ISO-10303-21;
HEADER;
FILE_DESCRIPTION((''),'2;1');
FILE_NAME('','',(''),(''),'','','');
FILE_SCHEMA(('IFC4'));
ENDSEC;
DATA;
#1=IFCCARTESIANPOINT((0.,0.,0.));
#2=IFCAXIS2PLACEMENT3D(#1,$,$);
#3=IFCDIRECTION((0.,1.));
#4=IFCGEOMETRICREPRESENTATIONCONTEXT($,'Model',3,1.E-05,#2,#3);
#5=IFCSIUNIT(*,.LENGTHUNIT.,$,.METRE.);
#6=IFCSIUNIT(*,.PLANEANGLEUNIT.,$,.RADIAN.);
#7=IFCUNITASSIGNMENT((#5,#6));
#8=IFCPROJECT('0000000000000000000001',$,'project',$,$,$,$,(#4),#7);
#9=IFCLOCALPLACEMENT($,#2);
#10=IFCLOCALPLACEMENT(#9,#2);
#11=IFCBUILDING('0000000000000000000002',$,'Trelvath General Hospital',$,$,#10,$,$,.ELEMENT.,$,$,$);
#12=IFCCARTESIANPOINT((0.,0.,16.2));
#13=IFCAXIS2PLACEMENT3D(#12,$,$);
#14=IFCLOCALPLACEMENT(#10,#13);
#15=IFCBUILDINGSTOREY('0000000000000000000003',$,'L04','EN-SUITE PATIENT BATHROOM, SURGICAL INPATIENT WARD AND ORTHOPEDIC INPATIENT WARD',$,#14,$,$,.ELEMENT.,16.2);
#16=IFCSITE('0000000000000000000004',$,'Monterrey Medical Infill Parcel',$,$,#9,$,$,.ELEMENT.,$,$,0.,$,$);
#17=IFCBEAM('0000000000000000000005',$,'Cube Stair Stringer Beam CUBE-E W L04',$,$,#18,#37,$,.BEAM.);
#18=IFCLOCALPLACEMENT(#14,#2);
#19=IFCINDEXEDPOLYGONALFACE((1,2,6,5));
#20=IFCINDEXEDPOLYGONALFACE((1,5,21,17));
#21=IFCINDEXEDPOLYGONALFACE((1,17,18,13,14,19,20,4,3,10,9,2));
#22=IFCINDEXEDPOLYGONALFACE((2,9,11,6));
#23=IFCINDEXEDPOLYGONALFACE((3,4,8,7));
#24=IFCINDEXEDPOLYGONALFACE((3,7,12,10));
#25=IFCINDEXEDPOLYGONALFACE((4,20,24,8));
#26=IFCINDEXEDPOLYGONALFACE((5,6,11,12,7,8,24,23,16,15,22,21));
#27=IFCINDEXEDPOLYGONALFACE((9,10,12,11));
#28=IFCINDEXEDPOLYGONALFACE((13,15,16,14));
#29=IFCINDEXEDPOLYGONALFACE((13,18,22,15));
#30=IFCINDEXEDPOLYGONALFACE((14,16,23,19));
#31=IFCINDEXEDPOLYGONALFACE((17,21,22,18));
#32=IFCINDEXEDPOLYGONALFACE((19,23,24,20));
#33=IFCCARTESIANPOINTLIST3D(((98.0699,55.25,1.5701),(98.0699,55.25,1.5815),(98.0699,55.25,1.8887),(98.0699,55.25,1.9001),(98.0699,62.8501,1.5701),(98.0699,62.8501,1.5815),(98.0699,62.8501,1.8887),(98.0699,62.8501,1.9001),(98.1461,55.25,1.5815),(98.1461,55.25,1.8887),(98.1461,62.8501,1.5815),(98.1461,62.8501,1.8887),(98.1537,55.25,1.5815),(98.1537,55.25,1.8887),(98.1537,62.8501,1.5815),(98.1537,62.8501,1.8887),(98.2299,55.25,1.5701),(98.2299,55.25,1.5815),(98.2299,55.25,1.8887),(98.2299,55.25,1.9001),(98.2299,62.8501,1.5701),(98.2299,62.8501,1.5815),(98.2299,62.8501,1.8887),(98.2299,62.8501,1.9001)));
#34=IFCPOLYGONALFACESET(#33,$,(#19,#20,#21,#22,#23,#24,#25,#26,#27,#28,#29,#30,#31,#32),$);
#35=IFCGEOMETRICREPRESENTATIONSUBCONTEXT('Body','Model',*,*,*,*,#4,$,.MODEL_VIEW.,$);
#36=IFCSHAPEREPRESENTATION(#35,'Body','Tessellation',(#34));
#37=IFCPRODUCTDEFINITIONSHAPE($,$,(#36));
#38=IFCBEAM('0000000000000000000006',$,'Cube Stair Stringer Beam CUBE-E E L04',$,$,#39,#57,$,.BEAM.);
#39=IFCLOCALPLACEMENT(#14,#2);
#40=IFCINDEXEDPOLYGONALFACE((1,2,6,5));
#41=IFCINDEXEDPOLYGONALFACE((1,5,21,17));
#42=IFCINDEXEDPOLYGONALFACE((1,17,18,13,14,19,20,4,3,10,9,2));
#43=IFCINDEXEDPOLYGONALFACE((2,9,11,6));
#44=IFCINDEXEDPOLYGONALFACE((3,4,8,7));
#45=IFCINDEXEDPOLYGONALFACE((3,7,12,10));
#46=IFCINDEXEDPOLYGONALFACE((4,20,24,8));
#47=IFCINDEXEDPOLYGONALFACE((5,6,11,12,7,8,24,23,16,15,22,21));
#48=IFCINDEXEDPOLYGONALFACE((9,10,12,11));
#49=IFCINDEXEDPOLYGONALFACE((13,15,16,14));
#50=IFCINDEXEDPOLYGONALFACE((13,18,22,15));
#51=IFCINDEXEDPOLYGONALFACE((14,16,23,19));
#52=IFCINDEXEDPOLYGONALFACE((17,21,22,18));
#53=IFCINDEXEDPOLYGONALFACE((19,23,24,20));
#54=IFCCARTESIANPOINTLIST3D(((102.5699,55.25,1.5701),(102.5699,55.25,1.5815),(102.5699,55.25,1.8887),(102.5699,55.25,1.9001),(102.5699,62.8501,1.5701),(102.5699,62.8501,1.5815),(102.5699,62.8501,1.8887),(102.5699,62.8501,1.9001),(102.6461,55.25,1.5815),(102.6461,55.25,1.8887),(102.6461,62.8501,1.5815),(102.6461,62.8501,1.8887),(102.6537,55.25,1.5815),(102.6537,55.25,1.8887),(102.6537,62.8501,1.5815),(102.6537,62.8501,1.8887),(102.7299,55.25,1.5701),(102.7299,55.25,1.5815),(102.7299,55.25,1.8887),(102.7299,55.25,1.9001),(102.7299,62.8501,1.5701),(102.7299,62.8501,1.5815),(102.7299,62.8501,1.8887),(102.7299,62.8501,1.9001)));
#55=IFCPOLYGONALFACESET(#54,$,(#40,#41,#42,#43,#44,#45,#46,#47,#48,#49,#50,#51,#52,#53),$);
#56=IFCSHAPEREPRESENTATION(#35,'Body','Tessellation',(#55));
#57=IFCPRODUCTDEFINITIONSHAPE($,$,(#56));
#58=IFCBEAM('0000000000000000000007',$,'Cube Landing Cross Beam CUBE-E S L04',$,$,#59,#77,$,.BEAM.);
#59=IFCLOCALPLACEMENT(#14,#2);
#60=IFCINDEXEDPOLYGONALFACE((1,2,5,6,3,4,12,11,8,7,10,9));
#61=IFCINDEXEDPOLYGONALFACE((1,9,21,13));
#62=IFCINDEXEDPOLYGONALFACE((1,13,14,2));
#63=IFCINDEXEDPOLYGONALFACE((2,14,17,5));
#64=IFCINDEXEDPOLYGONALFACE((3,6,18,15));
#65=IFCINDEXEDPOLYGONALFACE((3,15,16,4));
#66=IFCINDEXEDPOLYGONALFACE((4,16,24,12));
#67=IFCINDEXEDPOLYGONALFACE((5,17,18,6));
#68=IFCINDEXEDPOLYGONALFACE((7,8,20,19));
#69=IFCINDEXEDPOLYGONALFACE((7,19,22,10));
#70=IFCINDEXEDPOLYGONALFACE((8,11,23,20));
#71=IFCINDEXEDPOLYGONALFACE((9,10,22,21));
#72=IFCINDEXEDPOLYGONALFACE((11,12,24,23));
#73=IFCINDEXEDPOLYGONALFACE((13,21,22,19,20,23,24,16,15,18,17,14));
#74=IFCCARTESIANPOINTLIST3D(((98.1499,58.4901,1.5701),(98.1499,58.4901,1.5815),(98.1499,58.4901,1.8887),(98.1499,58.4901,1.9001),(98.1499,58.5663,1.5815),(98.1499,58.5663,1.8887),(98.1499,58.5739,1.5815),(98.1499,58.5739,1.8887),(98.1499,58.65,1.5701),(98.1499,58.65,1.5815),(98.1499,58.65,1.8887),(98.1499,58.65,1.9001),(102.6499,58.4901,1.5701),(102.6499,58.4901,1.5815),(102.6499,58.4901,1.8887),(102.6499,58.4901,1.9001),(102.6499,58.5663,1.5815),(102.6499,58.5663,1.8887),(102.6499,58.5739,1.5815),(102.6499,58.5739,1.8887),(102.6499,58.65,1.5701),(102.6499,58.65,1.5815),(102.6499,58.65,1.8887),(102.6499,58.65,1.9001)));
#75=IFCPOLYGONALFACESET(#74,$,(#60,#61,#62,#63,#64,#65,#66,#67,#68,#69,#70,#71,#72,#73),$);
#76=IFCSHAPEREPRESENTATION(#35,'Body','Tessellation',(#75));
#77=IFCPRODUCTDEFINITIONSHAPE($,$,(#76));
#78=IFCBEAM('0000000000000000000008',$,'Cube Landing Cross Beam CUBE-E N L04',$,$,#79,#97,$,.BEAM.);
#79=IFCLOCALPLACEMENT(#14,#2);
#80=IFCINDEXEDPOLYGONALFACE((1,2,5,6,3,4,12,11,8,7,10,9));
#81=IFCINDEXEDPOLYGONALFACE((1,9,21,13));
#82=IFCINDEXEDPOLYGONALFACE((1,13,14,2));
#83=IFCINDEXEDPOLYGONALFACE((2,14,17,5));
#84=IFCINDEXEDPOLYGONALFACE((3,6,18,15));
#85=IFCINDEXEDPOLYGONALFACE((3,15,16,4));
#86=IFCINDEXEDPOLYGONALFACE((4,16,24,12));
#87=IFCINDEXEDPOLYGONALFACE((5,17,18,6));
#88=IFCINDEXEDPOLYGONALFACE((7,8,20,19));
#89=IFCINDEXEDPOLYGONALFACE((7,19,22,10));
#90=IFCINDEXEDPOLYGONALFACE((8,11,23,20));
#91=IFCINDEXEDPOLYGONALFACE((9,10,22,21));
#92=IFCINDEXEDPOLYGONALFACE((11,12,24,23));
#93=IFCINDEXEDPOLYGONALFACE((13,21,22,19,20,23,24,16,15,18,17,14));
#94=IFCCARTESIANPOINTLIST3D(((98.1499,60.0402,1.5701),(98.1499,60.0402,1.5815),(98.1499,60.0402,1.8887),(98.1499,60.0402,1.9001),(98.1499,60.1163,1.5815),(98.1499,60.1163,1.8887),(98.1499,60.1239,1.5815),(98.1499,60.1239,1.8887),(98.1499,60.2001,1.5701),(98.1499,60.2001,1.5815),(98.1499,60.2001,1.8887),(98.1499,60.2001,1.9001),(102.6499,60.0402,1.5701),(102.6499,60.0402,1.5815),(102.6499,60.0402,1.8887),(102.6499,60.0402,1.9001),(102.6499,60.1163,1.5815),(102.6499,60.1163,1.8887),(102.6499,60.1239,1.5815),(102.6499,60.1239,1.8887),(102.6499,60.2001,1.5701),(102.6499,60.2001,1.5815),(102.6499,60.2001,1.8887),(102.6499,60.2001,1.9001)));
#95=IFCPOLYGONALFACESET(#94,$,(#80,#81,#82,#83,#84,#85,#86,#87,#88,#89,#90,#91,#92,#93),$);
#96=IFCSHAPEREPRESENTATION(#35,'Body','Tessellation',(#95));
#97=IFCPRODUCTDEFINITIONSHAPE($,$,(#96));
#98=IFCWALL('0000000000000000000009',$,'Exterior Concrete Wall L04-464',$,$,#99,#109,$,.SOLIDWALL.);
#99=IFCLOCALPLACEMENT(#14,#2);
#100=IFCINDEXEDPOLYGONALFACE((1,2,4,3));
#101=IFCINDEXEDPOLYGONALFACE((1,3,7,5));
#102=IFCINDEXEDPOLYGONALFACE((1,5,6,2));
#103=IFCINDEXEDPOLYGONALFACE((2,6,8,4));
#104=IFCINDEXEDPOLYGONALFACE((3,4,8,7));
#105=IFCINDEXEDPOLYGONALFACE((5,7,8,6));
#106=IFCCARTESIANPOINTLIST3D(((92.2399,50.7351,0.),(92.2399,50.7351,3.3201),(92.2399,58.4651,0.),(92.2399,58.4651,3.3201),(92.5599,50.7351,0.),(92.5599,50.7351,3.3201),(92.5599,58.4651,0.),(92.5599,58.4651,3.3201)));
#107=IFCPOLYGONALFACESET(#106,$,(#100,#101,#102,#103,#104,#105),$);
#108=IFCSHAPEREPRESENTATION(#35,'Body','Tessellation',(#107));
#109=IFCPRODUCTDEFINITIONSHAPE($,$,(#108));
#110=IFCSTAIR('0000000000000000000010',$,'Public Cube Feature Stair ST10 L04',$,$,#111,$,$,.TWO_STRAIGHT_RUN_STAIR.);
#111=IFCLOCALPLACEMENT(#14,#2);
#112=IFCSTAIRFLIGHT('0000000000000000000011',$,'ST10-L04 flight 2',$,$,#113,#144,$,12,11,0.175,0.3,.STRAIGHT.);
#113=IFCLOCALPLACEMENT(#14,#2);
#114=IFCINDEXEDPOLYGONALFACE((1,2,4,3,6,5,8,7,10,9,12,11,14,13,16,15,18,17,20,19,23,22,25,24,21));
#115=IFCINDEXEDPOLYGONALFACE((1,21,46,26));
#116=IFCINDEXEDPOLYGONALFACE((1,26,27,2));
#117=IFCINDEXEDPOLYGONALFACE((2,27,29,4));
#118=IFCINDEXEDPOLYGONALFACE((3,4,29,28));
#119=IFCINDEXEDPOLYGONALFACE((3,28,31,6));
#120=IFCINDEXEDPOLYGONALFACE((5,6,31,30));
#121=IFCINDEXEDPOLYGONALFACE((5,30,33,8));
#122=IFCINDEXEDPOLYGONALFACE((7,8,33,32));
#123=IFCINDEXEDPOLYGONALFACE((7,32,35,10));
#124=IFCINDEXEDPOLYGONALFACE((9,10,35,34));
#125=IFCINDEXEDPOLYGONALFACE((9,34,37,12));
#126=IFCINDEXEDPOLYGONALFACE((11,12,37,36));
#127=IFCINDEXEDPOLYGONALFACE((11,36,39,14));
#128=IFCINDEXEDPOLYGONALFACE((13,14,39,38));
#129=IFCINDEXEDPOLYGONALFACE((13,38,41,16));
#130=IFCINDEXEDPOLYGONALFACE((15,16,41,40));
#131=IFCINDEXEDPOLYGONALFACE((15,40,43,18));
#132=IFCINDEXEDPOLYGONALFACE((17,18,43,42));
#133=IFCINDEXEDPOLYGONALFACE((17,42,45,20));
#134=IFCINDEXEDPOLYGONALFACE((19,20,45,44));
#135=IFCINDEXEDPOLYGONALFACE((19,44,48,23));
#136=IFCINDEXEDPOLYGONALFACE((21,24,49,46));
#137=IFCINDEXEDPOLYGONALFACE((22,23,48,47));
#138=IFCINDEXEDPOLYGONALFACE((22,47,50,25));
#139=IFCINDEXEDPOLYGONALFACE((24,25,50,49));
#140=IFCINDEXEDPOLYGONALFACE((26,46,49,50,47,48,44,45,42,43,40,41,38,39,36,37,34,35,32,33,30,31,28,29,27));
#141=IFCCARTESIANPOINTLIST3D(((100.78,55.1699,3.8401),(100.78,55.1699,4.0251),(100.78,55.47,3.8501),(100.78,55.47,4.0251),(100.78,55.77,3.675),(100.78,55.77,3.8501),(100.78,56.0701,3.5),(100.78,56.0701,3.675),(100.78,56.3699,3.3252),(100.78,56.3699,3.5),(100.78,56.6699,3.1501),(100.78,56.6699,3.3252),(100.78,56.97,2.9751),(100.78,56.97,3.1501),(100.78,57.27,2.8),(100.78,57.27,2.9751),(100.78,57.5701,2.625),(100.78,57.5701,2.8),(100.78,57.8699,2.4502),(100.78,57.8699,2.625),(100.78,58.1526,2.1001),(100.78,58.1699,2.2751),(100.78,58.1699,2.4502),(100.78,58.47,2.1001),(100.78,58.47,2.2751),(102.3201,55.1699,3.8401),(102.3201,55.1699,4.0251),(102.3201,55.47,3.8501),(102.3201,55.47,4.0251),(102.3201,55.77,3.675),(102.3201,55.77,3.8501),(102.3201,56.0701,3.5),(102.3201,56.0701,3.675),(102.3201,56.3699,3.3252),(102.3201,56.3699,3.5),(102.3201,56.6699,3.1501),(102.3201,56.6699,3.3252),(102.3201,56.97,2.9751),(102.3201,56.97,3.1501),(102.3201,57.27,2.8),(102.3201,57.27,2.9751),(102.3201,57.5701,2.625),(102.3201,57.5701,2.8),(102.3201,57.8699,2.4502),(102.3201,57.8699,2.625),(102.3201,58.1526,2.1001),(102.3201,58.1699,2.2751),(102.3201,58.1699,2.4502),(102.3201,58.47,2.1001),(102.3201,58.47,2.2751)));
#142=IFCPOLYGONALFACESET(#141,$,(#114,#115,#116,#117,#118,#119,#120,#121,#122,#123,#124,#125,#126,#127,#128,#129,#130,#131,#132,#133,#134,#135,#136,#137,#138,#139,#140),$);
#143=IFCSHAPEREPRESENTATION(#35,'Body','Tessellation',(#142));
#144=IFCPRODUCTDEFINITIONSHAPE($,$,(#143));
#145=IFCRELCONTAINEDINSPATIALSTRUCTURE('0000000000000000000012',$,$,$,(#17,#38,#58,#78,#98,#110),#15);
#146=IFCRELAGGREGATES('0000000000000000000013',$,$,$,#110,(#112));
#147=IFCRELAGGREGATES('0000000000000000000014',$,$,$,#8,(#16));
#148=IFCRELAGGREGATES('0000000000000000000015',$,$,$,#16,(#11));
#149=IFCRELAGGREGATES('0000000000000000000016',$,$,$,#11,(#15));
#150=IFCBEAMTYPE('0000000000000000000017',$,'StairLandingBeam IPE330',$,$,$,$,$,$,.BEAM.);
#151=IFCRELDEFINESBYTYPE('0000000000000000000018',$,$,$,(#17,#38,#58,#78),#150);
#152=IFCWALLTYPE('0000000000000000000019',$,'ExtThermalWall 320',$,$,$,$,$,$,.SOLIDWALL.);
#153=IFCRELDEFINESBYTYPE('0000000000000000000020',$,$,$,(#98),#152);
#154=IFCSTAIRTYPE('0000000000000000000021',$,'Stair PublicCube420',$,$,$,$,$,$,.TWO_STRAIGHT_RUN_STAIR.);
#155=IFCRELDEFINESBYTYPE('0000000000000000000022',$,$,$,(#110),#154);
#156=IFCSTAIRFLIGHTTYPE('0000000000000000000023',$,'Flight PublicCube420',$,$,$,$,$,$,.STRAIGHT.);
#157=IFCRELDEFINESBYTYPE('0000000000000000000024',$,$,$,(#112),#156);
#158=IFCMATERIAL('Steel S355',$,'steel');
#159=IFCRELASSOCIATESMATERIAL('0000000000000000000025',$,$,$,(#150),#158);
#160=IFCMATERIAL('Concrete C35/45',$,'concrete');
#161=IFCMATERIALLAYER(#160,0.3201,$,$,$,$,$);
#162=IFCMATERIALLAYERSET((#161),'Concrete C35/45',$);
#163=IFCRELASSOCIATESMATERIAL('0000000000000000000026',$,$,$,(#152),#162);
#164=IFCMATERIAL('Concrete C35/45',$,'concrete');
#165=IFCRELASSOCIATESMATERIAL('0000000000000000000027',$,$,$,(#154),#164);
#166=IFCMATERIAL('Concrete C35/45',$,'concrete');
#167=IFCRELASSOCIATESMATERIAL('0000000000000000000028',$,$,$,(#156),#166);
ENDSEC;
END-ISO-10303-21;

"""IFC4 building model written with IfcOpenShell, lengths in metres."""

from ifc_helpers import new_model, si_unit, direction, frame, frame_2d, origin, origin_2d, place, context, subcontext, project, spatial, polyline, rectangle, i_section, outline, extrude, material, layer, layer_set, material_profile, profile_set, type_object, element, aggregate, save


model = new_model("IFC4")

# Units and contexts
model_context = context("Model", 3, precision=1e-05, world=origin(), true_north=direction((0.0, 1.0)))
body_context = subcontext(model_context, "Body", "Model", "MODEL_VIEW")
ifc_project = project(units=[si_unit("LENGTHUNIT", "METRE"), si_unit("PLANEANGLEUNIT", "RADIAN")], contexts=[model_context])

# Site, building, storey
site_placement = place(None, origin())
site = spatial("IfcSite", under=ifc_project, at=site_placement, Name="Monterrey Medical Infill Parcel", CompositionType="ELEMENT", RefElevation=0.0)
building_placement = place(site_placement, origin())
building = spatial("IfcBuilding", under=site, at=building_placement, Name="Trelvath General Hospital", CompositionType="ELEMENT")
storey_placement = place(building_placement, frame((0.0, 0.0, 16.2)))
storey = spatial("IfcBuildingStorey", under=building, at=storey_placement, Name="L04", Description="EN-SUITE PATIENT BATHROOM, SURGICAL INPATIENT WARD AND ORTHOPEDIC INPATIENT WARD", CompositionType="ELEMENT", Elevation=16.2)

# Beams
ifc_material_1 = material(Name="Steel S355", Category="steel")
ifc_material_profile_1 = material_profile(ifc_material_1, i_section(OverallWidth=0.1599, OverallDepth=0.3301, WebThickness=0.0076, FlangeThickness=0.0115, at=origin_2d()), Name="IPE330")
ifc_profile_set_1 = profile_set([ifc_material_profile_1], Name="Steel S355")
beam_type_1 = type_object("IfcBeamType", Name="StairLandingBeam IPE330", PredefinedType="BEAM", material=ifc_profile_set_1)
for number, where, z_axis, x_axis, name in (
    (1, (98.1499, 55.25, 1.7351), (0.0, 1.0, 0.0), (-1.0, 0.0, 0.0), "Cube Stair Stringer Beam CUBE-E W L04"),
    (2, (102.6499, 55.25, 1.7351), (0.0, 1.0, 0.0), (-1.0, 0.0, 0.0), "Cube Stair Stringer Beam CUBE-E E L04"),
):
    element("IfcBeam", number, at=place(storey_placement, frame(where, z_axis=z_axis, x_axis=x_axis)), inside=storey, type_object=beam_type_1, Name=name, PredefinedType="BEAM", context=body_context, shape_type="SweptSolid", body=[
        extrude(i_section(OverallWidth=0.1599, OverallDepth=0.3301, WebThickness=0.0076, FlangeThickness=0.0115, at=origin_2d()), origin(), (0.0, 0.0, 1.0), 7.6001),
    ])
for number, where, z_axis, x_axis, name in (
    (3, (98.1499, 58.5701, 1.7351), (1.0, 0.0, 0.0), (0.0, 1.0, 0.0), "Cube Landing Cross Beam CUBE-E S L04"),
    (4, (98.1499, 60.1201, 1.7351), (1.0, 0.0, 0.0), (0.0, 1.0, 0.0), "Cube Landing Cross Beam CUBE-E N L04"),
):
    element("IfcBeam", number, at=place(storey_placement, frame(where, z_axis=z_axis, x_axis=x_axis)), inside=storey, type_object=beam_type_1, Name=name, PredefinedType="BEAM", context=body_context, shape_type="SweptSolid", body=[
        extrude(i_section(OverallWidth=0.1599, OverallDepth=0.3301, WebThickness=0.0076, FlangeThickness=0.0115, at=origin_2d()), origin(), (0.0, 0.0, 1.0), 4.5),
    ])

# Wall
ifc_material_2 = material(Name="Concrete C35/45", Category="concrete")
ifc_layer = layer(ifc_material_2, 0.3201)
ifc_layer_set = layer_set([ifc_layer], Name="Concrete C35/45")
wall_type = type_object("IfcWallType", Name="ExtThermalWall 320", PredefinedType="SOLIDWALL", material=ifc_layer_set)
wall_placement = place(storey_placement, frame((92.3999, 58.4651, 0.0), z_axis=(0.0, 0.0, 1.0), x_axis=(0.0, -1.0, 0.0)))
element("IfcWall", 5, at=wall_placement, inside=storey, type_object=wall_type, Name="Exterior Concrete Wall L04-464", PredefinedType="SOLIDWALL", context=body_context, shape_type="SweptSolid", body=[
    extrude(rectangle(XDim=7.73, YDim=0.3201, at=frame_2d((3.865, 0.0))), origin(), (0.0, 0.0, 1.0), 3.3201),
])

# Stair, stair flight
ifc_material_3 = material(Name="Concrete C35/45", Category="concrete")
stair_type = type_object("IfcStairType", Name="Stair PublicCube420", PredefinedType="TWO_STRAIGHT_RUN_STAIR", material=ifc_material_3)
stair_placement = place(storey_placement, origin())
stair = element("IfcStair", 6, at=stair_placement, inside=storey, type_object=stair_type, Name="Public Cube Feature Stair ST10 L04", PredefinedType="TWO_STRAIGHT_RUN_STAIR")
ifc_material_4 = material(Name="Concrete C35/45", Category="concrete")
stair_flight_type = type_object("IfcStairFlightType", Name="Flight PublicCube420", PredefinedType="STRAIGHT", material=ifc_material_4)
stair_flight_placement = place(storey_placement, frame((101.55, 58.47, 2.1001), z_axis=(0.0, 0.0, 1.0), x_axis=(0.0, -1.0, 0.0)))
stair_flight = element("IfcStairFlight", 7, at=stair_flight_placement, type_object=stair_flight_type, Name="ST10-L04 flight 2", NumberOfRisers=12, NumberOfTreads=11, PredefinedType="STRAIGHT", RiserHeight=0.175, TreadLength=0.3, context=body_context, shape_type="SweptSolid", body=[
    extrude(outline(polyline([(0.0, 0.0), (0.0, 0.175), (0.3, 0.175), (0.3, 0.3501), (0.6001, 0.3501), (0.6001, 0.5249), (0.8999, 0.5249), (0.8999, 0.7), (1.2, 0.7), (1.2, 0.875), (1.5, 0.875), (1.5, 1.05), (1.8, 1.05), (1.8, 1.2251), (2.1001, 1.2251), (2.1001, 1.3999), (2.3999, 1.3999), (2.3999, 1.575), (2.7, 1.575), (2.7, 1.75), (3.0, 1.75), (3.0, 1.925), (3.3, 1.925), (3.3, 2.1001), (3.3, 1.74), (0.3174, 0.0), (0.0, 0.0)])), frame((0.0, 0.77, 0.0), z_axis=(0.0, -1.0, 0.0), x_axis=(1.0, 0.0, 0.0)), (0.0, 0.0, 1.0), 1.54),
])
aggregate(stair, [stair_flight])

save(model, "model.ifc")
